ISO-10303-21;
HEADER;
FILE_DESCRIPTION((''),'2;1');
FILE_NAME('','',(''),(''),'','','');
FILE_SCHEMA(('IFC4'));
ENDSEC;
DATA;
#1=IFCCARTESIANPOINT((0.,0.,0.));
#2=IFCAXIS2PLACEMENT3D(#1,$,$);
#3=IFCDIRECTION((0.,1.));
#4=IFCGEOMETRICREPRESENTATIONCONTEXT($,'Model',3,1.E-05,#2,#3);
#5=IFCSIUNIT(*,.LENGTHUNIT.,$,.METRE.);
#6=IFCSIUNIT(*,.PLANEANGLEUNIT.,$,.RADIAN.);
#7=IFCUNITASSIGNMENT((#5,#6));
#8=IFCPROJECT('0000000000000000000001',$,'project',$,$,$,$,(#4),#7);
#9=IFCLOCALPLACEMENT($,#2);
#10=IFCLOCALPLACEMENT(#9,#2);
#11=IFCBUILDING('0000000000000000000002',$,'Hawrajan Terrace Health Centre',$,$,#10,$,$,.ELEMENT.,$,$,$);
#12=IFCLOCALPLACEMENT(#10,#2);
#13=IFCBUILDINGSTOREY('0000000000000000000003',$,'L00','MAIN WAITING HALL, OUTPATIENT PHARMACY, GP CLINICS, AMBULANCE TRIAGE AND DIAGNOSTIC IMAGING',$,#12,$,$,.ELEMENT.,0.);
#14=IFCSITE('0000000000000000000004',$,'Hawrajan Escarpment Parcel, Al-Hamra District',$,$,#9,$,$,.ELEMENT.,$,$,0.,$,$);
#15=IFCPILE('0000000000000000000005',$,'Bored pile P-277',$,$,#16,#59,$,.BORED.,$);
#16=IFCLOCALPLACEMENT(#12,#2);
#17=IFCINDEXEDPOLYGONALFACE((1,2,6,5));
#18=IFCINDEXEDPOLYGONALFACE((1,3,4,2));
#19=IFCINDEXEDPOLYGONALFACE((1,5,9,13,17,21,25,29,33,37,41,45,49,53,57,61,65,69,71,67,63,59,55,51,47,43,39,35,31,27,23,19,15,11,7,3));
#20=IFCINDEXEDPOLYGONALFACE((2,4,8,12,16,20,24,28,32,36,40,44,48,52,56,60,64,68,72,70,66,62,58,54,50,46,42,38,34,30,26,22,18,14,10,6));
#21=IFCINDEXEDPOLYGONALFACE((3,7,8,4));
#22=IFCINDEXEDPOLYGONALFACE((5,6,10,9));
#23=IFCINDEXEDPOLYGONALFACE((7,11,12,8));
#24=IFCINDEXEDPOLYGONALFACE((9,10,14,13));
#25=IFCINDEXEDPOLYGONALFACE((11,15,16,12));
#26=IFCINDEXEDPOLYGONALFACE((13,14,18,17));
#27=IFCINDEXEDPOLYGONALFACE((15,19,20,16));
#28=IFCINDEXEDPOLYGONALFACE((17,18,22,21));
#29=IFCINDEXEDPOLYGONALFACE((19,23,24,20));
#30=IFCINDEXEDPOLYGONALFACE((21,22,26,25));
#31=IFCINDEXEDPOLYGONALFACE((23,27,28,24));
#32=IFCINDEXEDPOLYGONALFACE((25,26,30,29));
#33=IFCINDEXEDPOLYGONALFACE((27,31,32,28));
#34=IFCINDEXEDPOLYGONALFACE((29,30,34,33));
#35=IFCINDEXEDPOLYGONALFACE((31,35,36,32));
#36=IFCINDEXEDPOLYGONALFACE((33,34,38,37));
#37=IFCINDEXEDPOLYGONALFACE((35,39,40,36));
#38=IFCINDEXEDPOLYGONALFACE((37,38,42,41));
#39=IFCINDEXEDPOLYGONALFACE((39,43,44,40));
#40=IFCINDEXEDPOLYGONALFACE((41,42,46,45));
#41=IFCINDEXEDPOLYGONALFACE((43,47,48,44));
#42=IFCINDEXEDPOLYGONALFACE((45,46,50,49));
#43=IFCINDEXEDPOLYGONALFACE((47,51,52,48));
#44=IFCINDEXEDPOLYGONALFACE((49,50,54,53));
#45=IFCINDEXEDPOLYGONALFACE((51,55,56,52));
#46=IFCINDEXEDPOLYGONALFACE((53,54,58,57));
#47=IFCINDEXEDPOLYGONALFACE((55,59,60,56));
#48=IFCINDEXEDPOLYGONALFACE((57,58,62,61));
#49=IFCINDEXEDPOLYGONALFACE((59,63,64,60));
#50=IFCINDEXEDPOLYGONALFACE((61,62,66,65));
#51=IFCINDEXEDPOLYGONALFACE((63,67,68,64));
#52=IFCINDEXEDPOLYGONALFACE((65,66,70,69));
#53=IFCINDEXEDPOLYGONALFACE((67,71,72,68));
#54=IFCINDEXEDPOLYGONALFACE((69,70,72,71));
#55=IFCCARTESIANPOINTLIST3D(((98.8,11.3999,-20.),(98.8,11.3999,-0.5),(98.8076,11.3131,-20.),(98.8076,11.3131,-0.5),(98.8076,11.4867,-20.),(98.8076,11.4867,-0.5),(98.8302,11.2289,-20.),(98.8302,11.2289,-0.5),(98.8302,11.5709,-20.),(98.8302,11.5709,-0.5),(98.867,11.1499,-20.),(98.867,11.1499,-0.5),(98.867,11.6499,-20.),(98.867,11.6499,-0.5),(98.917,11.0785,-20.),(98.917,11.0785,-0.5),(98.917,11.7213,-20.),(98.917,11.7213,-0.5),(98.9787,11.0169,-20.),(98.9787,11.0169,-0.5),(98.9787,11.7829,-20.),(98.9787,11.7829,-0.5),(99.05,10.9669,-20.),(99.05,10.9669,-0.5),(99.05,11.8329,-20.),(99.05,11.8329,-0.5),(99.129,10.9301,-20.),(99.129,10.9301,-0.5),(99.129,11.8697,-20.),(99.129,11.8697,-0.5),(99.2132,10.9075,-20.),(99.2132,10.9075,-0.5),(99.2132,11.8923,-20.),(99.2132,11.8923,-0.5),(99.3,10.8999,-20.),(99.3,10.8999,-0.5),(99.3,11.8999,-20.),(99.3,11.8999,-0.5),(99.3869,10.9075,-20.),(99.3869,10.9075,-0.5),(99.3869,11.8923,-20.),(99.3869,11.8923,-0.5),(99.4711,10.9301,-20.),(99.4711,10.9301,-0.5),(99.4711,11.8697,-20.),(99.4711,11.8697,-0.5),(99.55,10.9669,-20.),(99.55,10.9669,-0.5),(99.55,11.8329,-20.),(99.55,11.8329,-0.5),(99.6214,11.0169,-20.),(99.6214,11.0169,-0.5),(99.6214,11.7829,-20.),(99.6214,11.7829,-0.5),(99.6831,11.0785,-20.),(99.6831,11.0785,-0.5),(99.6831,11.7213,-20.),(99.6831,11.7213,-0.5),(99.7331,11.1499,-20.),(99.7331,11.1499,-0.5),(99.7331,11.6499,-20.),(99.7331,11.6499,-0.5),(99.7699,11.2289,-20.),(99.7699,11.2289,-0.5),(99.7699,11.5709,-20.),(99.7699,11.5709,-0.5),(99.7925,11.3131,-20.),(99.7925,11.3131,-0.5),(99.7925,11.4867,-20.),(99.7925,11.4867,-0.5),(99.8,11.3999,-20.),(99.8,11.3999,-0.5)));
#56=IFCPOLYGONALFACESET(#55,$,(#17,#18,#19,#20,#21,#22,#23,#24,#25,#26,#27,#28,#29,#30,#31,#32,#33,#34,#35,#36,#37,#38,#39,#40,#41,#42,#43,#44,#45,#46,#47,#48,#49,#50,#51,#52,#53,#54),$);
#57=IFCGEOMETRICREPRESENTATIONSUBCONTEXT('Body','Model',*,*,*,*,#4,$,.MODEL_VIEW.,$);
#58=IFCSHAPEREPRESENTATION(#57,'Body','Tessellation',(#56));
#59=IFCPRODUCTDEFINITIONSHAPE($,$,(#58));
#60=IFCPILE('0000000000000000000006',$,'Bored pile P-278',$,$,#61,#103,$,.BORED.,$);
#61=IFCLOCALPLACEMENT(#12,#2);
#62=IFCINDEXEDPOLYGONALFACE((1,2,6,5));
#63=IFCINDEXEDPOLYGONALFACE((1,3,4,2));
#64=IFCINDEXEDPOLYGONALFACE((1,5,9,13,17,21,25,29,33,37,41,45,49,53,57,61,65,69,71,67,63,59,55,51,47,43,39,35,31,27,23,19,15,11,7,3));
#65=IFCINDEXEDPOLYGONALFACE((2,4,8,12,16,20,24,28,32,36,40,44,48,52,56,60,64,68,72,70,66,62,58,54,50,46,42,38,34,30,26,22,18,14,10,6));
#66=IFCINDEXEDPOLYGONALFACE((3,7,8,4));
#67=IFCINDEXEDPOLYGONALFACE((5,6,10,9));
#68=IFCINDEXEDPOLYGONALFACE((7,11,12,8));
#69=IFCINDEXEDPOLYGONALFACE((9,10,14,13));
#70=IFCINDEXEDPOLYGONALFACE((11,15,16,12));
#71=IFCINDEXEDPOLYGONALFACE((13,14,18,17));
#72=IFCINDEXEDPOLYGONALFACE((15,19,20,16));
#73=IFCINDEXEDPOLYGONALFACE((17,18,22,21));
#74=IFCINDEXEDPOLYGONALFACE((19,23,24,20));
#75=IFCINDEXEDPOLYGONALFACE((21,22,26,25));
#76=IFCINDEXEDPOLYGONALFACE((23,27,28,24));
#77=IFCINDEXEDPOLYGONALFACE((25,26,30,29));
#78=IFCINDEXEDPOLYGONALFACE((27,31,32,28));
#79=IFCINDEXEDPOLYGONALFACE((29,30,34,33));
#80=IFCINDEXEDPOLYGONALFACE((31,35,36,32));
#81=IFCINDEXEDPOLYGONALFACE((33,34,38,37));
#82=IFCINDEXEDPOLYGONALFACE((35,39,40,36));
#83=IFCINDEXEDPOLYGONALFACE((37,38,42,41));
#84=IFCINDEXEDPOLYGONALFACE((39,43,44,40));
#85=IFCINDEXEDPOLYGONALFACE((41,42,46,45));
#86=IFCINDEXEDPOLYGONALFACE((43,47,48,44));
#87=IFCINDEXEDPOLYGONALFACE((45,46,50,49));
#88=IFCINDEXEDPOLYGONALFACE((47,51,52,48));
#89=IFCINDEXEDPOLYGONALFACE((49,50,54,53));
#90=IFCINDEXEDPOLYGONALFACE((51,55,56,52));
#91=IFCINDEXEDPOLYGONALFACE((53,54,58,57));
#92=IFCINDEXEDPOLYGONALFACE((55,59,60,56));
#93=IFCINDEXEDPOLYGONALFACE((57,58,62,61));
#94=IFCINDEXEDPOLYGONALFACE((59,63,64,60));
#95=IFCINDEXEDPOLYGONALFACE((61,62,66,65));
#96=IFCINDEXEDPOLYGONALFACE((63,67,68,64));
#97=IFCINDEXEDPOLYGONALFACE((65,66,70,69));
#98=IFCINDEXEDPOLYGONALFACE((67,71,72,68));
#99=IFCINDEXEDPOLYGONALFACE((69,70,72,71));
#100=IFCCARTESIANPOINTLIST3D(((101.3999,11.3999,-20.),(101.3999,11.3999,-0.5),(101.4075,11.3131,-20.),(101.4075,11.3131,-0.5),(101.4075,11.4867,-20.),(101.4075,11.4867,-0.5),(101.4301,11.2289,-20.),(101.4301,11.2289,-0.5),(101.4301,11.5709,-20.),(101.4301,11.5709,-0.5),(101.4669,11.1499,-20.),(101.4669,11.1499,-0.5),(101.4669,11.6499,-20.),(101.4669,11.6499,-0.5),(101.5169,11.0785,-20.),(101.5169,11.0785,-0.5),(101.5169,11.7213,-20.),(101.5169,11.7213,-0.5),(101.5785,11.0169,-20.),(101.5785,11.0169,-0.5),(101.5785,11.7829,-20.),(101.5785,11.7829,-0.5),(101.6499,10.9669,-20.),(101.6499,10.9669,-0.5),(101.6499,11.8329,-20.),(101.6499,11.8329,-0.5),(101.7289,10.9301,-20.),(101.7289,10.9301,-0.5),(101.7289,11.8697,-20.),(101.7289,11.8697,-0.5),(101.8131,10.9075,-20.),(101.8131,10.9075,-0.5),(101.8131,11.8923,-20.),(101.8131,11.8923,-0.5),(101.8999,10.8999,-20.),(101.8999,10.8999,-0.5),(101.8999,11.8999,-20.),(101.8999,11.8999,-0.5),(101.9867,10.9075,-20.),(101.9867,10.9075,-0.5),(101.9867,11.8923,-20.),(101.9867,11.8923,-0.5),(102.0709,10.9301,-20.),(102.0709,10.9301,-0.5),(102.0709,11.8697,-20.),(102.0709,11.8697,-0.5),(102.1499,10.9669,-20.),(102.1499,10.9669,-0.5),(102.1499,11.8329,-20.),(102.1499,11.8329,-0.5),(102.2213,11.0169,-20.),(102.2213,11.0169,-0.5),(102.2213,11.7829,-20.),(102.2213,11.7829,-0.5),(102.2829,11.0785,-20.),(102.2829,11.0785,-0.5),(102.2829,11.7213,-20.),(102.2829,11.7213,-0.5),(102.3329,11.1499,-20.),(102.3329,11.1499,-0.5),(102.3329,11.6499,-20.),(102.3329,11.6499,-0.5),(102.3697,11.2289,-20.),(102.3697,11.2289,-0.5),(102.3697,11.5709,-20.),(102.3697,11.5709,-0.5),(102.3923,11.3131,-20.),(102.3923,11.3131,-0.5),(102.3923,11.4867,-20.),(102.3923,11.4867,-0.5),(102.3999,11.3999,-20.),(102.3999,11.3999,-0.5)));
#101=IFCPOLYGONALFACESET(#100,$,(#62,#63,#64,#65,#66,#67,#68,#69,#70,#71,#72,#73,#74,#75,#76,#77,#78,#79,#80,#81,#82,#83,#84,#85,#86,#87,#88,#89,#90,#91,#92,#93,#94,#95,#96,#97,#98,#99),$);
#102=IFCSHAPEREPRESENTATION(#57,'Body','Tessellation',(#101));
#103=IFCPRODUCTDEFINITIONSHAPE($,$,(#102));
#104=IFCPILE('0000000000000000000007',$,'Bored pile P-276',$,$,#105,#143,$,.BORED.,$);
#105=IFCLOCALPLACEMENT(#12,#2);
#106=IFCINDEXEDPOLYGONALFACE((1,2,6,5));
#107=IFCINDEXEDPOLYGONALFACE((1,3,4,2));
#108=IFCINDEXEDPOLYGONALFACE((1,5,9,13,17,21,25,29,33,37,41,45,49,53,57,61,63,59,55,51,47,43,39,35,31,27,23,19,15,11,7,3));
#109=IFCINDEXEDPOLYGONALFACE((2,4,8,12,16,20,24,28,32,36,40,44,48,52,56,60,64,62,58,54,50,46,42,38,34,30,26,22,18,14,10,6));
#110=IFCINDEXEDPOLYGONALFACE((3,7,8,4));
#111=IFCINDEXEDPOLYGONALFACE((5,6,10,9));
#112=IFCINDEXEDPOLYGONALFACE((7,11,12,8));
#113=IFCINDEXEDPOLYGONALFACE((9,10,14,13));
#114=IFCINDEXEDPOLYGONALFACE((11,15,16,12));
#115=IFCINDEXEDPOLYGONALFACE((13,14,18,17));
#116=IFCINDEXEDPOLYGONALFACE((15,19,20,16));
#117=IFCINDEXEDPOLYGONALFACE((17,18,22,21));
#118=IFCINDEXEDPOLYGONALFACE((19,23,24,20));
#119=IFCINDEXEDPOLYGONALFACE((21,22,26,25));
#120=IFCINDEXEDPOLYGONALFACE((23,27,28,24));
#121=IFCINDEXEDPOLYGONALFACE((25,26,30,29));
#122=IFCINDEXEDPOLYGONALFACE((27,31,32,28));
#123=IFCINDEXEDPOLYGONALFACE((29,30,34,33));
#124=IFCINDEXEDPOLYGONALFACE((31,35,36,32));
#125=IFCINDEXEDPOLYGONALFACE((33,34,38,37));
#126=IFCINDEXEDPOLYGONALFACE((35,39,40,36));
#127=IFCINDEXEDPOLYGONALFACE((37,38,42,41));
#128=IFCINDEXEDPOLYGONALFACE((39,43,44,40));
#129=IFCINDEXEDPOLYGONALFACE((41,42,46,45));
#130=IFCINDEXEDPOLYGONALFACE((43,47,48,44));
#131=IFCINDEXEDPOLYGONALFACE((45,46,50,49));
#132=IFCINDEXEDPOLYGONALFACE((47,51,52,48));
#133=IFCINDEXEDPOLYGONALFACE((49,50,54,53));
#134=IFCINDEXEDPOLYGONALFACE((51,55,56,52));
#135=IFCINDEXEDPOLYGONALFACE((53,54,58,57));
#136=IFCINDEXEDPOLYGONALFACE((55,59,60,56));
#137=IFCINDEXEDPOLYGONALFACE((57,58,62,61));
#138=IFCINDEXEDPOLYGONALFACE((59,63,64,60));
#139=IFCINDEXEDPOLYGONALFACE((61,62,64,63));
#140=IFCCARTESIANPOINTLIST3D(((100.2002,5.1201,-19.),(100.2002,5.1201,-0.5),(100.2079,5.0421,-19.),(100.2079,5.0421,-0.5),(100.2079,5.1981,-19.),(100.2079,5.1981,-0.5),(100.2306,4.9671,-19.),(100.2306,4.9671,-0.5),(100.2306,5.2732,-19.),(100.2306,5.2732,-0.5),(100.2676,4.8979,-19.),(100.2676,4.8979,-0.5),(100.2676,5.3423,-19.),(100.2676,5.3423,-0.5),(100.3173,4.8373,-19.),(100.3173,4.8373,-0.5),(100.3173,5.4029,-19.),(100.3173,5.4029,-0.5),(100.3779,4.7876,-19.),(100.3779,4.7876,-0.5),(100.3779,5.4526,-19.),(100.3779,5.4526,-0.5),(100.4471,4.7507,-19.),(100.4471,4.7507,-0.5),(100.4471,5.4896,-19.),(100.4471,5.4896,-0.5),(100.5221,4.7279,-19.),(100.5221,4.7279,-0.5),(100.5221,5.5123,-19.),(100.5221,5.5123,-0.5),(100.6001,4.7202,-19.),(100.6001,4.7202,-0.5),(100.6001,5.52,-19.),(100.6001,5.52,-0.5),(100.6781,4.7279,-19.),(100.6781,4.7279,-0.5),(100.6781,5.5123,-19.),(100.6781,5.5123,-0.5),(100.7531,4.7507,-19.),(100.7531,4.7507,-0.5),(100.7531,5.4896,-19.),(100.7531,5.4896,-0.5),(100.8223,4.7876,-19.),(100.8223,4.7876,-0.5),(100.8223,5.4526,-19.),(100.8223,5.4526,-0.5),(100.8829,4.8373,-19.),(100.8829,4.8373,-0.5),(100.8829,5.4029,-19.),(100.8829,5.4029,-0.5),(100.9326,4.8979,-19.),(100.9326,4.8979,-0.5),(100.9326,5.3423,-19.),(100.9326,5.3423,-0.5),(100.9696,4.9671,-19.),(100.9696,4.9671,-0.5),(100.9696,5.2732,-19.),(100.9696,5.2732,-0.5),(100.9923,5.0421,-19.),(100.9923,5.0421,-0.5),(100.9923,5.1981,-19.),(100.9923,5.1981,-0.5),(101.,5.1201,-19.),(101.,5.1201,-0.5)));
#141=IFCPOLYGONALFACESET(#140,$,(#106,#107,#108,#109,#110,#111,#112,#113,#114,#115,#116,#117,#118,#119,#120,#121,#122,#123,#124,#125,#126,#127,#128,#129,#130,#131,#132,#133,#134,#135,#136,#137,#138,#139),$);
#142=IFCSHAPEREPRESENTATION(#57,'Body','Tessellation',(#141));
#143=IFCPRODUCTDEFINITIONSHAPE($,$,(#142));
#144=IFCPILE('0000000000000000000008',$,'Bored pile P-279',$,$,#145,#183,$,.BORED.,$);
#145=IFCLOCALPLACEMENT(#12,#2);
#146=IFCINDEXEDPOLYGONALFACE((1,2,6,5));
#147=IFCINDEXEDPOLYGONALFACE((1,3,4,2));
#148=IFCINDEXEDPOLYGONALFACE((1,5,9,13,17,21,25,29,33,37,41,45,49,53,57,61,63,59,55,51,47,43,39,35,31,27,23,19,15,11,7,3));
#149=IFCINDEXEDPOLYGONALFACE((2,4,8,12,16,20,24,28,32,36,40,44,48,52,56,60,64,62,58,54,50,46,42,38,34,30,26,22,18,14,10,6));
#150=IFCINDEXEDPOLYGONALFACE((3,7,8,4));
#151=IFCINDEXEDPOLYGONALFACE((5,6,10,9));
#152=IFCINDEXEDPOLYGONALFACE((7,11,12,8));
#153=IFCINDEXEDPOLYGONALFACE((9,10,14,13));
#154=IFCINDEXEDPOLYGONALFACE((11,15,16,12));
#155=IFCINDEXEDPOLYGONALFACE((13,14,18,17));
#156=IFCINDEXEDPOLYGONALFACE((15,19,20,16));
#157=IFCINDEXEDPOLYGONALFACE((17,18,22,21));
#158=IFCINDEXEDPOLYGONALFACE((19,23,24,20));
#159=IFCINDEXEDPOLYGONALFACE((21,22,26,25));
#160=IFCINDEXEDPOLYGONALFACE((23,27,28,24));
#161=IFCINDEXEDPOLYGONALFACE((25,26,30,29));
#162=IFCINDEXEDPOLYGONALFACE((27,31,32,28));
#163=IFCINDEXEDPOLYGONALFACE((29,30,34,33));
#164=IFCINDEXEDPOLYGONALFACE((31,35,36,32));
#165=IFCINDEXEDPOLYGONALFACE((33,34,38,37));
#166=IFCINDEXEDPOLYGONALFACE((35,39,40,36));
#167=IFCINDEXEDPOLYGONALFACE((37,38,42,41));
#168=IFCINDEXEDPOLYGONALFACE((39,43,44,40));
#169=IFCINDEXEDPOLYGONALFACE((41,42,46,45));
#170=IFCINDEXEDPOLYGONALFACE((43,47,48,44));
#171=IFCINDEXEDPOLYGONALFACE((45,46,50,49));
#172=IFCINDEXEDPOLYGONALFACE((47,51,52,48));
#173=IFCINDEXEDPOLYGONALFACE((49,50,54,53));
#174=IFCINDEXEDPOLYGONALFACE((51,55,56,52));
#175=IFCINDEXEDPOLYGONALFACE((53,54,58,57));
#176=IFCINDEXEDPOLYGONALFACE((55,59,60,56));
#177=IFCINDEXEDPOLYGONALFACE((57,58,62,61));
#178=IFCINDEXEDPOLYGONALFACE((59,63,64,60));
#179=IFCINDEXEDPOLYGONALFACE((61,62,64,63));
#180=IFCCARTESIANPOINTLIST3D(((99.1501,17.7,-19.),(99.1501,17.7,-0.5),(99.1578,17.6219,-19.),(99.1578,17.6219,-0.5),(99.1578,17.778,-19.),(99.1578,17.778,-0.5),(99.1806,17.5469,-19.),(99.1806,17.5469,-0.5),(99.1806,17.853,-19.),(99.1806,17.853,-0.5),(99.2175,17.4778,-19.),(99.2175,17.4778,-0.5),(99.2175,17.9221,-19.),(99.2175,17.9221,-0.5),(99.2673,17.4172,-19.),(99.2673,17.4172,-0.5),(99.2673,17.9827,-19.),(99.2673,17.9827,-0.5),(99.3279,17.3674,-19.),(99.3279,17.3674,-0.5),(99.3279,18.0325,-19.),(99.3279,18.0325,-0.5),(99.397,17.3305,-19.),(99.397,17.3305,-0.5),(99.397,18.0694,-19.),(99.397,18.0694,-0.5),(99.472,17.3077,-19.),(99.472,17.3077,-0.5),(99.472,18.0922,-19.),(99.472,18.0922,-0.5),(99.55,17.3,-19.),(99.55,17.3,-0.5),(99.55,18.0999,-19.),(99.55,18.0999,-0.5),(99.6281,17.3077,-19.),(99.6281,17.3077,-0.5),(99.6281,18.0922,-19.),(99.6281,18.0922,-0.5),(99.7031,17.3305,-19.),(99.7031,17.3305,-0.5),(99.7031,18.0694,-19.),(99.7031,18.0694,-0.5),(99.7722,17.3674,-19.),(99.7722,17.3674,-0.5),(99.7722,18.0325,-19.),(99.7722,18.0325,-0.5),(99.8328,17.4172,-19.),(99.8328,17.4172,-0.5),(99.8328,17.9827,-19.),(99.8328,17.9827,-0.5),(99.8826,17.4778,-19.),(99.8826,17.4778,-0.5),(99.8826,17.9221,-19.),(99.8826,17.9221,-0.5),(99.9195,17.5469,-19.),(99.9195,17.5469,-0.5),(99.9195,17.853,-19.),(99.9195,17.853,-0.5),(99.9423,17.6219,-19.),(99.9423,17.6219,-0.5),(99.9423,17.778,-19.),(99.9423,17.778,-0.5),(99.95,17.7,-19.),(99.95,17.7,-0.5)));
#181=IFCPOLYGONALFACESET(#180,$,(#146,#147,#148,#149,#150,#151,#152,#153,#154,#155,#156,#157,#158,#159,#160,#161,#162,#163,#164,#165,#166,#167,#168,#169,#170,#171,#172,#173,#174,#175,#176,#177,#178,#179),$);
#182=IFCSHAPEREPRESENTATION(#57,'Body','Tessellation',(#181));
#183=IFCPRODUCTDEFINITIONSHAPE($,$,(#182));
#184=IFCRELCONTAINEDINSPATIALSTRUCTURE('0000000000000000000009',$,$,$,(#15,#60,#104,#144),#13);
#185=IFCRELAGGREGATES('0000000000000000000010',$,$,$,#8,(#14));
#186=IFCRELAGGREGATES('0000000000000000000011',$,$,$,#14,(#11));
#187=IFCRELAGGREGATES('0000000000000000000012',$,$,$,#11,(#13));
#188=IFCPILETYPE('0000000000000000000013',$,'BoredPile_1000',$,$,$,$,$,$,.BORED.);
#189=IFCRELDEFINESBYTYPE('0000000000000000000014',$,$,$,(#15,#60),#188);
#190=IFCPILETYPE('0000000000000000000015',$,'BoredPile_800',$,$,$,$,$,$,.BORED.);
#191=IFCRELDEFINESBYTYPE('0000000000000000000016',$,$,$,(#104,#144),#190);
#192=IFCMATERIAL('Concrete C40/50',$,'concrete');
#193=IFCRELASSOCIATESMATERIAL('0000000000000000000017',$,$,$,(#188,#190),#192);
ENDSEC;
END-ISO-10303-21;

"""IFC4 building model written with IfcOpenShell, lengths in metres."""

from ifc_helpers import new_model, si_unit, direction, frame, origin, origin_2d, place, context, subcontext, project, spatial, circle, extrude, material, material_profile, profile_set, type_object, element, save


model = new_model("IFC4")

# Units and contexts
model_context = context("Model", 3, precision=1e-05, world=origin(), true_north=direction((0.0, 1.0)))
body_context = subcontext(model_context, "Body", "Model", "MODEL_VIEW")
ifc_project = project(units=[si_unit("LENGTHUNIT", "METRE"), si_unit("PLANEANGLEUNIT", "RADIAN")], contexts=[model_context])

# Site, building, storey
site_placement = place(None, origin())
site = spatial("IfcSite", under=ifc_project, at=site_placement, Name="Hawrajan Escarpment Parcel, Al-Hamra District", CompositionType="ELEMENT", RefElevation=0.0)
building_placement = place(site_placement, origin())
building = spatial("IfcBuilding", under=site, at=building_placement, Name="Hawrajan Terrace Health Centre", CompositionType="ELEMENT")
storey_placement = place(building_placement, origin())
storey = spatial("IfcBuildingStorey", under=building, at=storey_placement, Name="L00", Description="MAIN WAITING HALL, OUTPATIENT PHARMACY, GP CLINICS, AMBULANCE TRIAGE AND DIAGNOSTIC IMAGING", CompositionType="ELEMENT", Elevation=0.0)

# Piles
ifc_material_1 = material(Name="Concrete C40/50", Category="concrete")
ifc_material_profile_1 = material_profile(ifc_material_1, circle(Radius=0.5, at=origin_2d()), Name="BP 1000")
ifc_profile_set_1 = profile_set([ifc_material_profile_1], Name="Concrete C40/50")
pile_type_1 = type_object("IfcPileType", Name="BoredPile_1000", PredefinedType="BORED", material=ifc_profile_set_1)
for number, where, z_axis, x_axis, name in (
    (1, (99.3, 11.3999, -0.5), (0.0, 0.0, -1.0), (1.0, 0.0, 0.0), "Bored pile P-277"),
    (2, (101.8999, 11.3999, -0.5), (0.0, 0.0, -1.0), (1.0, 0.0, 0.0), "Bored pile P-278"),
):
    element("IfcPile", number, at=place(storey_placement, frame(where, z_axis=z_axis, x_axis=x_axis)), inside=storey, type_object=pile_type_1, Name=name, PredefinedType="BORED", context=body_context, shape_type="SweptSolid", body=[
        extrude(circle(Radius=0.5, at=origin_2d()), origin(), (0.0, 0.0, 1.0), 19.5),
    ])
ifc_material_profile_2 = material_profile(ifc_material_1, circle(Radius=0.3999, at=origin_2d()), Name="BP 800")
ifc_profile_set_2 = profile_set([ifc_material_profile_2], Name="Concrete C40/50")
pile_type_2 = type_object("IfcPileType", Name="BoredPile_800", PredefinedType="BORED", material=ifc_profile_set_2)
for number, where, z_axis, x_axis, name in (
    (3, (100.6001, 5.1201, -0.5), (0.0, 0.0, -1.0), (1.0, 0.0, 0.0), "Bored pile P-276"),
    (4, (99.55, 17.7, -0.5), (0.0, 0.0, -1.0), (1.0, 0.0, 0.0), "Bored pile P-279"),
):
    element("IfcPile", number, at=place(storey_placement, frame(where, z_axis=z_axis, x_axis=x_axis)), inside=storey, type_object=pile_type_2, Name=name, PredefinedType="BORED", context=body_context, shape_type="SweptSolid", body=[
        extrude(circle(Radius=0.3999, at=origin_2d()), origin(), (0.0, 0.0, 1.0), 18.5),
    ])

save(model, "model.ifc")
